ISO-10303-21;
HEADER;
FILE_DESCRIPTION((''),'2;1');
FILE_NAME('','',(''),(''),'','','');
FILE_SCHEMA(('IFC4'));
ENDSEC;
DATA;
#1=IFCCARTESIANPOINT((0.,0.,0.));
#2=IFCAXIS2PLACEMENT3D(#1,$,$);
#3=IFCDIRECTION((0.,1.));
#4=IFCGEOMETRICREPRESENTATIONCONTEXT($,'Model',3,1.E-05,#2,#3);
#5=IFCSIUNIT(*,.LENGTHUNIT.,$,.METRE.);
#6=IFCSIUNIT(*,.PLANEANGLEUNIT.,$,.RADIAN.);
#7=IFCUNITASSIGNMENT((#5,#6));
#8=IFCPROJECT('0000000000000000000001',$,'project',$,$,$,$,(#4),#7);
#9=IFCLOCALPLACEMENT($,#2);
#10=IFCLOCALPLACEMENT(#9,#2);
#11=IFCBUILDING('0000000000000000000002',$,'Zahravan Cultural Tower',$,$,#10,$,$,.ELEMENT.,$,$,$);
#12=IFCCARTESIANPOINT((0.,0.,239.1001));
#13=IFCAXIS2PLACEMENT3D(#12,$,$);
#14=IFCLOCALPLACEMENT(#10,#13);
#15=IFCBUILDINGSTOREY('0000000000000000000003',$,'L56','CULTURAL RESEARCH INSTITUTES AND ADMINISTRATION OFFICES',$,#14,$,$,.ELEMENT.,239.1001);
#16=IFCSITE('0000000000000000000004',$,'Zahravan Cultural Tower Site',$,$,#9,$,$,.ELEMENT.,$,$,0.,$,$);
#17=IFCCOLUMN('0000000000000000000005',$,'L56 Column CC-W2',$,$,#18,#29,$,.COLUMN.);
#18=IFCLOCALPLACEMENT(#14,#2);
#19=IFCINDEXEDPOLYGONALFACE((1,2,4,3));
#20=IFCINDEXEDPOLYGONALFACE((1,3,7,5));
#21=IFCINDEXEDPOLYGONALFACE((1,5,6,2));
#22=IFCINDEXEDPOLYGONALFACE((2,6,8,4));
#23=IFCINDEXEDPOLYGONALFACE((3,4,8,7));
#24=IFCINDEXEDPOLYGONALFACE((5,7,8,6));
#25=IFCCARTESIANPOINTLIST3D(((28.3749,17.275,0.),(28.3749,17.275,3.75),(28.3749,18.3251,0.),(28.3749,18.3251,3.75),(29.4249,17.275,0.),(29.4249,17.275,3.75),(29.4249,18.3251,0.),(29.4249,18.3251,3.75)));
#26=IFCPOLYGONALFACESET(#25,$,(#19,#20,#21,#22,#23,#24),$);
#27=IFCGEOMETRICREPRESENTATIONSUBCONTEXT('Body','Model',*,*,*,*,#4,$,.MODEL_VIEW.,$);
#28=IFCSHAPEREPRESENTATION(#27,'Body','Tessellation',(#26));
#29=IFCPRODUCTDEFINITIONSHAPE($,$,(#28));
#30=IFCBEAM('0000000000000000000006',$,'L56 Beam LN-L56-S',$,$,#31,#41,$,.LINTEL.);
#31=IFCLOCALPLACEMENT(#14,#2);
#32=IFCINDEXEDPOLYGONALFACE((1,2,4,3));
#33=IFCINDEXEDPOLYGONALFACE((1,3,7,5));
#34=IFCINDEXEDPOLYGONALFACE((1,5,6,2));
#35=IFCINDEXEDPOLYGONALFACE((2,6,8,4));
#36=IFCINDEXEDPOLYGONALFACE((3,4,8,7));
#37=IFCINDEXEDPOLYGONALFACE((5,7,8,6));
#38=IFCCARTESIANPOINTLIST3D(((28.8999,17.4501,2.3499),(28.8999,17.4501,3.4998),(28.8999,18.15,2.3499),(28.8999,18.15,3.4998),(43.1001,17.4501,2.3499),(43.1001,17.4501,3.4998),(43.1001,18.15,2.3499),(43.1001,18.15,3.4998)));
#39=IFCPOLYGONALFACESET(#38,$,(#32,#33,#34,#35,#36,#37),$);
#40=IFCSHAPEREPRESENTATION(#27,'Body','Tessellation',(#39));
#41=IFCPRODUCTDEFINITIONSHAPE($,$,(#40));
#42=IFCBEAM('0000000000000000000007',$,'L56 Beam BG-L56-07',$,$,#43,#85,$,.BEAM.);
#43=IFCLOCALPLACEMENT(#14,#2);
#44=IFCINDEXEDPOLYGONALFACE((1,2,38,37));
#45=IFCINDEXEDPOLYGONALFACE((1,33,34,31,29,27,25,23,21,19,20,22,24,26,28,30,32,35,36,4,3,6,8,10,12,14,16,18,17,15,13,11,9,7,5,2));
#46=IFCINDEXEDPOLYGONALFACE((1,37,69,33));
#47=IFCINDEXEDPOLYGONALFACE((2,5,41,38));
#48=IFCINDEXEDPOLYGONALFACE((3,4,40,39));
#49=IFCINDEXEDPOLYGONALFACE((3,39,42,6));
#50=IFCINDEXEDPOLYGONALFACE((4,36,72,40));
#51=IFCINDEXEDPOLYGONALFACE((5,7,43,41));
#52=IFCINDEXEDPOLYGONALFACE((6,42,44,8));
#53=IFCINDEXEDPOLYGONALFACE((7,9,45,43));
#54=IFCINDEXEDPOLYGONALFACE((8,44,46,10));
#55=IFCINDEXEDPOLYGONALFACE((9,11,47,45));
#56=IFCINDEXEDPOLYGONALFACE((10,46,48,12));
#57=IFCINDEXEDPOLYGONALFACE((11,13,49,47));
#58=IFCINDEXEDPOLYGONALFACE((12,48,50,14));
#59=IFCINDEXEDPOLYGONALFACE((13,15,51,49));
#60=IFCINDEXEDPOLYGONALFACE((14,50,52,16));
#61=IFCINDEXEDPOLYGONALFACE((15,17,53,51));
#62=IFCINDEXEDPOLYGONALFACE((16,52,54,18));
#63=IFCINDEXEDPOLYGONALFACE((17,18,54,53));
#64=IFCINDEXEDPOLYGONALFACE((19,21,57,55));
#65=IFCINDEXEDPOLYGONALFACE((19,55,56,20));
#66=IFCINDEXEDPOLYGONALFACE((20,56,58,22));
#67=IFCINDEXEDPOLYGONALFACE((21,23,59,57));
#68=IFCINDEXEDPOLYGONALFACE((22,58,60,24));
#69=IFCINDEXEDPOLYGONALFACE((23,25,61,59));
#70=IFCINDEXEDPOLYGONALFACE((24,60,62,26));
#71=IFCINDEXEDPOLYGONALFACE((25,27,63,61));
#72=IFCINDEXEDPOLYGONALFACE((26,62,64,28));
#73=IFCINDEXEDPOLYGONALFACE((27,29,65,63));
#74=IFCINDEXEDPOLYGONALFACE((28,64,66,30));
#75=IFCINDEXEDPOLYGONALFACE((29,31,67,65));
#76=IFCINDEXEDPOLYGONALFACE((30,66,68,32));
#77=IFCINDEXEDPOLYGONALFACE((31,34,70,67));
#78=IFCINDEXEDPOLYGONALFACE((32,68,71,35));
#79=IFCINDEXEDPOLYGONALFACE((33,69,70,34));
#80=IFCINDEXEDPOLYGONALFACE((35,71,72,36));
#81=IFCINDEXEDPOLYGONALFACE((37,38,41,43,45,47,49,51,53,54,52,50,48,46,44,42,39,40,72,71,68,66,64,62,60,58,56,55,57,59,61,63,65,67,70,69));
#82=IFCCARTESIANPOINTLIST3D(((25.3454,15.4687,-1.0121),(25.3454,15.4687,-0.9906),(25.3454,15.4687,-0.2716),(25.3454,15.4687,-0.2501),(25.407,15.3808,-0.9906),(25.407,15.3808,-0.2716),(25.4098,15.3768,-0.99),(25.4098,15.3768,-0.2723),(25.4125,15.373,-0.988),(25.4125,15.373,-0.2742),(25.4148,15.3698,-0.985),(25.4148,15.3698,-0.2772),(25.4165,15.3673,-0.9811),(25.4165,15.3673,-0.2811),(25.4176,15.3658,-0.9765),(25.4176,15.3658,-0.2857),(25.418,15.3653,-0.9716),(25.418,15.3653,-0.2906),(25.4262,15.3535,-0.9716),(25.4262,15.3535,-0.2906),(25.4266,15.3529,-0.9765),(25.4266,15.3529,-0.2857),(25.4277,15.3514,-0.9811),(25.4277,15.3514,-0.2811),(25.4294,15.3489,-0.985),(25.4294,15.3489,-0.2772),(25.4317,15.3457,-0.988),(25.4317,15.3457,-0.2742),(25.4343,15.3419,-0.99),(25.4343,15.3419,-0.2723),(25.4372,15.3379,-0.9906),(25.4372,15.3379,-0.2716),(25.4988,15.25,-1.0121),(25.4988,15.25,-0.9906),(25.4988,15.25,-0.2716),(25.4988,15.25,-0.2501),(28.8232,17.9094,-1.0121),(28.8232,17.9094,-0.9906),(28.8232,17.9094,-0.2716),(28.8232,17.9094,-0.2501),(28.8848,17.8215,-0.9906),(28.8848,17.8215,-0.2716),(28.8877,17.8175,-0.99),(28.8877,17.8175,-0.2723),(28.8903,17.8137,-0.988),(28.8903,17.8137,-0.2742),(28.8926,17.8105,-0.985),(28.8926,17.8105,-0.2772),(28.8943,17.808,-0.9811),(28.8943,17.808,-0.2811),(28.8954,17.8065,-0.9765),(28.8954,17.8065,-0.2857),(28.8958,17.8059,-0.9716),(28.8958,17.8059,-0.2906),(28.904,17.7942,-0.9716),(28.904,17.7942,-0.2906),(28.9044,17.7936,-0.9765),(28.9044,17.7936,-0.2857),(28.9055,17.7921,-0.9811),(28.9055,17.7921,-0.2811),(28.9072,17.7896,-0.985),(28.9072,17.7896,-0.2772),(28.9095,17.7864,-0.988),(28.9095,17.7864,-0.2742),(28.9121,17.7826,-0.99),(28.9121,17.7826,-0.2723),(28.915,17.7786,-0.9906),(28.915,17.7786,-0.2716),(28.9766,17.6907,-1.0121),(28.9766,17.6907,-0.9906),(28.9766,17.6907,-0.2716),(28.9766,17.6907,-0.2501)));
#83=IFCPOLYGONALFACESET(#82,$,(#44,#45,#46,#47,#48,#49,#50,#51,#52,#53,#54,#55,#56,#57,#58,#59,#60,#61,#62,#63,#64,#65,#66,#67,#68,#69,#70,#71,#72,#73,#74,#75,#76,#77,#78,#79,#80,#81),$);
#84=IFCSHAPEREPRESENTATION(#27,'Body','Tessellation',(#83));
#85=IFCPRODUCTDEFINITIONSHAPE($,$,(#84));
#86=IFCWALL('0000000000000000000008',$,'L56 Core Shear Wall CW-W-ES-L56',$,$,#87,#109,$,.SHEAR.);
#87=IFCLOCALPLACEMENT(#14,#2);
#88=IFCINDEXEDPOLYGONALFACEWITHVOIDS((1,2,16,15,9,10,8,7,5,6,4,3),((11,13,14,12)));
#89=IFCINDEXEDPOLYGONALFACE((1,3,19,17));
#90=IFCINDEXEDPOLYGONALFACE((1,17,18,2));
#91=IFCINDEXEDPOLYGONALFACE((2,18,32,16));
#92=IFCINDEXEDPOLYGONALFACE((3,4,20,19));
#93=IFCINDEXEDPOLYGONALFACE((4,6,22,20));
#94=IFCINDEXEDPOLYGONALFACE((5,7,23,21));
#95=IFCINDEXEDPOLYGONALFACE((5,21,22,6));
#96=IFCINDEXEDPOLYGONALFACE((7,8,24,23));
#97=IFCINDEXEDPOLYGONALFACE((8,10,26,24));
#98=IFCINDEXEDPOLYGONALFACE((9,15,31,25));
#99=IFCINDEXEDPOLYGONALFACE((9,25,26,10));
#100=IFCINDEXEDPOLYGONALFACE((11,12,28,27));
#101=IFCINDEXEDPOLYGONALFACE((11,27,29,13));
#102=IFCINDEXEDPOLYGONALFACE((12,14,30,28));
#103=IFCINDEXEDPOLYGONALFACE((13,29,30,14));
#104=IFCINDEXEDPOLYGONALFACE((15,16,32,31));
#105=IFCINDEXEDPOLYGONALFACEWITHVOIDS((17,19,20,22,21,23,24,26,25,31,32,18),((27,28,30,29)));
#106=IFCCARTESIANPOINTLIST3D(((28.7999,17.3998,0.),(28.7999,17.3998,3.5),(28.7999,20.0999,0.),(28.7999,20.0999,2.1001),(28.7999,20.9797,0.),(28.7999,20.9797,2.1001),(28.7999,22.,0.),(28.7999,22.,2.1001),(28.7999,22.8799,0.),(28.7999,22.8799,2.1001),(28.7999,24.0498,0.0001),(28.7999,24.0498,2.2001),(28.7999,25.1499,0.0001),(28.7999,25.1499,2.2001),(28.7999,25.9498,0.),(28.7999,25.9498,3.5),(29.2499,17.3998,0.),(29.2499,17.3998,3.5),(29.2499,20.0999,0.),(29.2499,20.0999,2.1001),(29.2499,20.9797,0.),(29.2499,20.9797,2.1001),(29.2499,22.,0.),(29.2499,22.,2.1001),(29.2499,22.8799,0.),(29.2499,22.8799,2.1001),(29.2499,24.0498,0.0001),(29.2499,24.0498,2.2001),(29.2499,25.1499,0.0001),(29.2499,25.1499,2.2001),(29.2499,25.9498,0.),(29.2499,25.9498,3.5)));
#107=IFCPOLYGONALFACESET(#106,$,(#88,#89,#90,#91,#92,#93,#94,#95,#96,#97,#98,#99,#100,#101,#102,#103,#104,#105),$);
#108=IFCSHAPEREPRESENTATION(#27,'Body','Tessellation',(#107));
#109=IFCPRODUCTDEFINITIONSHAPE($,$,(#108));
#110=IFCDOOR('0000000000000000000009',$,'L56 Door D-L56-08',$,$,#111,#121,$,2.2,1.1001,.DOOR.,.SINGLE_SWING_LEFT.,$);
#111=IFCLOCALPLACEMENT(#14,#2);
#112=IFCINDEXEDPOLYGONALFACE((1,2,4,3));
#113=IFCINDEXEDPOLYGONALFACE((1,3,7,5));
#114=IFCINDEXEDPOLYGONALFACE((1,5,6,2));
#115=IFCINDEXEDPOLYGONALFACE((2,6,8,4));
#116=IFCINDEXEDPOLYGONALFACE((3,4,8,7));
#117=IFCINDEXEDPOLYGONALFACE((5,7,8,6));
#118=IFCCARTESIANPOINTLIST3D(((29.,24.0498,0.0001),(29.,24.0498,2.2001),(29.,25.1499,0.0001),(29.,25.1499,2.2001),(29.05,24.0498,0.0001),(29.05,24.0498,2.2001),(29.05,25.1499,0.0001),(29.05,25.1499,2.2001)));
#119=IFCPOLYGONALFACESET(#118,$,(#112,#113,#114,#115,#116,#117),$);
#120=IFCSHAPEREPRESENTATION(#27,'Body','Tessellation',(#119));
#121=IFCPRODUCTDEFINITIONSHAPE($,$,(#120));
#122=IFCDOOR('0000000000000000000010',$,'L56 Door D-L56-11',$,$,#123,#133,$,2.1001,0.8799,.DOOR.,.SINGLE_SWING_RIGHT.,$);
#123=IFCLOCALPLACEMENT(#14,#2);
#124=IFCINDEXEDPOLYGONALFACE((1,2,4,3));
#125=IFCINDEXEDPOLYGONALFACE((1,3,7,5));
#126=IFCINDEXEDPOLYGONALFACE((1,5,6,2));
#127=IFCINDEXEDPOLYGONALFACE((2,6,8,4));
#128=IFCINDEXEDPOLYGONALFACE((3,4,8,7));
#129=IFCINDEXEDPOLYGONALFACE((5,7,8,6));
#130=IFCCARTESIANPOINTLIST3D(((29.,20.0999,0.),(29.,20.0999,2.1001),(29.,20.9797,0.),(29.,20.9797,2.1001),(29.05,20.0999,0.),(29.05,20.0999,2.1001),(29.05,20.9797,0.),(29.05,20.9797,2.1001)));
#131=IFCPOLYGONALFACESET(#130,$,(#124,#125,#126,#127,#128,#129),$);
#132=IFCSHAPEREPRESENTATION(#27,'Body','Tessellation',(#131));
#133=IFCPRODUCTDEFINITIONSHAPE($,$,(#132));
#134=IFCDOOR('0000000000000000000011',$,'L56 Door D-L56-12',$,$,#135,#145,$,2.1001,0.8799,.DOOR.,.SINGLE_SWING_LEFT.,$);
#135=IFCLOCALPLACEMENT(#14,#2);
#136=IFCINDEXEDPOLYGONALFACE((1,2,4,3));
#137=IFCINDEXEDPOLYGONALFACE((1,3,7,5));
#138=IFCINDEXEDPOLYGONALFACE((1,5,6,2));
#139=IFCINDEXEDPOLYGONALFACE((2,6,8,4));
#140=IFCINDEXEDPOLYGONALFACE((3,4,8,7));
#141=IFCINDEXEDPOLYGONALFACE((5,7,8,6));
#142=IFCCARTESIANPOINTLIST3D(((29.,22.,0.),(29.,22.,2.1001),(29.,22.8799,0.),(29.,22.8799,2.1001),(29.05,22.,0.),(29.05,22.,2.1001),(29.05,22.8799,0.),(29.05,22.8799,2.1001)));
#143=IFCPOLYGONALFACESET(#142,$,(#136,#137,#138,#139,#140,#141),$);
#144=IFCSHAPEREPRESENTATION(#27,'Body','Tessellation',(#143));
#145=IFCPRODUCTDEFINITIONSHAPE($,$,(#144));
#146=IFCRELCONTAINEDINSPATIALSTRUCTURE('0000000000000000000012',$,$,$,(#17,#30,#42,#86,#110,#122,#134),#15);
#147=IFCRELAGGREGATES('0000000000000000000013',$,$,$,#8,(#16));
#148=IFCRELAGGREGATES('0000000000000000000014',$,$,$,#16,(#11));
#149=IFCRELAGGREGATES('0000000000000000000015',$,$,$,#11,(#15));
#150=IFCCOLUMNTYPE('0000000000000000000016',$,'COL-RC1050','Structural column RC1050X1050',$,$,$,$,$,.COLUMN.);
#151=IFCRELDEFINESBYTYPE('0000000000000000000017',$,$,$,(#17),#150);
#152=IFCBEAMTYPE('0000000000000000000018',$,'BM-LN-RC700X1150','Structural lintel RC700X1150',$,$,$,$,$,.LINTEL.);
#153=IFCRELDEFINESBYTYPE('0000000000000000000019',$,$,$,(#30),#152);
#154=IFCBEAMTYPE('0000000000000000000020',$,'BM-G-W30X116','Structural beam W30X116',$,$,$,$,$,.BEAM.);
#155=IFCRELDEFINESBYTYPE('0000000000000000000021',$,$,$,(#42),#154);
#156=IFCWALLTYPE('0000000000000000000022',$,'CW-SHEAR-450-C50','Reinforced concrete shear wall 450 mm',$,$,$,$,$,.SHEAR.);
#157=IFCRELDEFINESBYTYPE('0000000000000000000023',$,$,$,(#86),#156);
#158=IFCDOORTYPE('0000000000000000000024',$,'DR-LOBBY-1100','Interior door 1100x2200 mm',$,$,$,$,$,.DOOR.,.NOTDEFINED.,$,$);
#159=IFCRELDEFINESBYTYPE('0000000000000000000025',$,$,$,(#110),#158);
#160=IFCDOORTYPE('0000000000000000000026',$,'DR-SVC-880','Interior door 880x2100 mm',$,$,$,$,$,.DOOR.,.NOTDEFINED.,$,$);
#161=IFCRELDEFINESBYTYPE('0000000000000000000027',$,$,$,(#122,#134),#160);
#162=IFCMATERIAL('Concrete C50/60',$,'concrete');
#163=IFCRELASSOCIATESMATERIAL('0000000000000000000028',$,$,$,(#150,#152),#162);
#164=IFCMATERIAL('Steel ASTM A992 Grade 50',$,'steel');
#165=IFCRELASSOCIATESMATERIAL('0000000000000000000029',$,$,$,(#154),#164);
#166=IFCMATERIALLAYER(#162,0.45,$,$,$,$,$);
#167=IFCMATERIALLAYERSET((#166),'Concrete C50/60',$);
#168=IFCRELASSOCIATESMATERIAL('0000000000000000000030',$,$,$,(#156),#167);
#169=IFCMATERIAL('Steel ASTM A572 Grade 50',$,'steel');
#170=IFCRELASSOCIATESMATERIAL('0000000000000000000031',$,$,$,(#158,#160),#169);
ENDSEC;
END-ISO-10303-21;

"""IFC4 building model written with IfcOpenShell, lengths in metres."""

from ifc_helpers import new_model, si_unit, direction, frame, frame_2d, origin, origin_2d, place, context, subcontext, project, spatial, rectangle, i_section, extrude, source, transform, mapped, material, layer, layer_set, material_profile, profile_set, type_object, element, fill, save


model = new_model("IFC4")

# Units and contexts
model_context = context("Model", 3, precision=1e-05, world=origin(), true_north=direction((0.0, 1.0)))
body_context = subcontext(model_context, "Body", "Model", "MODEL_VIEW")
ifc_project = project(units=[si_unit("LENGTHUNIT", "METRE"), si_unit("PLANEANGLEUNIT", "RADIAN")], contexts=[model_context])

# Site, building, storey
site_placement = place(None, origin())
site = spatial("IfcSite", under=ifc_project, at=site_placement, Name="Zahravan Cultural Tower Site", CompositionType="ELEMENT", RefElevation=0.0)
building_placement = place(site_placement, origin())
building = spatial("IfcBuilding", under=site, at=building_placement, Name="Zahravan Cultural Tower", CompositionType="ELEMENT")
storey_placement = place(building_placement, frame((0.0, 0.0, 239.1001)))
storey = spatial("IfcBuildingStorey", under=building, at=storey_placement, Name="L56", Description="CULTURAL RESEARCH INSTITUTES AND ADMINISTRATION OFFICES", CompositionType="ELEMENT", Elevation=239.1001)

# Column
ifc_material_1 = material(Name="Concrete C50/60", Category="concrete")
ifc_material_profile_1 = material_profile(ifc_material_1, rectangle(XDim=1.05, YDim=1.05, at=origin_2d()), Name="RC1050X1050")
ifc_profile_set_1 = profile_set([ifc_material_profile_1], Name="Concrete C50/60")
column_type = type_object("IfcColumnType", Name="COL-RC1050", Description="Structural column RC1050X1050", PredefinedType="COLUMN", material=ifc_profile_set_1)
shared_shape_1 = source(origin(), body_context, "Body", "SweptSolid", [
    extrude(rectangle(XDim=1.05, YDim=1.05, at=origin_2d()), origin(), (0.0, 0.0, 1.0), 3.75),
])
column_placement = place(storey_placement, frame((28.8999, 17.8, 0.0), z_axis=(0.0, 0.0, 1.0), x_axis=(1.0, 0.0, 0.0)))
element("IfcColumn", 1, at=column_placement, inside=storey, type_object=column_type, Name="L56 Column CC-W2", PredefinedType="COLUMN", context=body_context, shape_type="MappedRepresentation", body=[
    mapped(shared_shape_1, transform((0.0, 0.0, 0.0), x_axis=(1.0, 0.0, 0.0), y_axis=(0.0, 1.0, 0.0), z_axis=(0.0, 0.0, 1.0), scale=1.0)),
])

# Beams
ifc_material_profile_2 = material_profile(ifc_material_1, rectangle(XDim=0.7, YDim=1.1499, at=origin_2d()), Name="RC700X1150")
ifc_profile_set_2 = profile_set([ifc_material_profile_2], Name="Concrete C50/60")
beam_type_1 = type_object("IfcBeamType", Name="BM-LN-RC700X1150", Description="Structural lintel RC700X1150", PredefinedType="LINTEL", material=ifc_profile_set_2)
shared_shape_2 = source(origin(), body_context, "Body", "SweptSolid", [
    extrude(rectangle(XDim=0.7, YDim=1.1499, at=origin_2d()), origin(), (0.0, 0.0, 1.0), 14.2002),
])
beam_1_placement = place(storey_placement, frame((28.8999, 17.8, 2.9248), z_axis=(1.0, 0.0, 0.0), x_axis=(0.0, 1.0, 0.0)))
element("IfcBeam", 2, at=beam_1_placement, inside=storey, type_object=beam_type_1, Name="L56 Beam LN-L56-S", PredefinedType="LINTEL", context=body_context, shape_type="MappedRepresentation", body=[
    mapped(shared_shape_2, transform((0.0, 0.0, 0.0), x_axis=(1.0, 0.0, 0.0), y_axis=(0.0, 1.0, 0.0), z_axis=(0.0, 0.0, 1.0), scale=1.0)),
])
ifc_material_2 = material(Name="Steel ASTM A992 Grade 50", Category="steel")
ifc_material_profile_3 = material_profile(ifc_material_2, i_section(OverallWidth=0.2671, OverallDepth=0.762, WebThickness=0.0144, FlangeThickness=0.0215, FilletRadius=0.019, at=origin_2d()), Name="W30X116")
ifc_profile_set_3 = profile_set([ifc_material_profile_3], Name="Steel ASTM A992 Grade 50")
beam_type_2 = type_object("IfcBeamType", Name="BM-G-W30X116", Description="Structural beam W30X116", PredefinedType="BEAM", material=ifc_profile_set_3)
shared_shape_3 = source(origin(), body_context, "Body", "SweptSolid", [
    extrude(i_section(OverallWidth=0.2671, OverallDepth=0.762, WebThickness=0.0144, FlangeThickness=0.0215, FilletRadius=0.019, at=origin_2d()), origin(), (0.0, 0.0, 1.0), 4.2488),
])
beam_2_placement = place(storey_placement, frame((28.8999, 17.8, -0.6311), z_axis=(-0.818543, -0.574445, 0.0), x_axis=(0.574445, -0.818543, 0.0)))
element("IfcBeam", 3, at=beam_2_placement, inside=storey, type_object=beam_type_2, Name="L56 Beam BG-L56-07", PredefinedType="BEAM", context=body_context, shape_type="MappedRepresentation", body=[
    mapped(shared_shape_3, transform((0.0, 0.0, 0.0), x_axis=(1.0, 0.0, 0.0), y_axis=(0.0, 1.0, 0.0), z_axis=(0.0, 0.0, 1.0), scale=1.0)),
])

# Wall, openings, doors
ifc_layer_1 = layer(ifc_material_1, 0.45)
ifc_layer_set_1 = layer_set([ifc_layer_1], Name="Concrete C50/60")
wall_type_1 = type_object("IfcWallType", Name="CW-SHEAR-450-C50", Description="Reinforced concrete shear wall 450 mm", PredefinedType="SHEAR", material=ifc_layer_set_1)
wall_1_placement = place(storey_placement, frame((29.0249, 17.3999, 0.0), z_axis=(0.0, 0.0, 1.0), x_axis=(0.0, 1.0, 0.0)))
wall_1 = element("IfcWall", 4, at=wall_1_placement, inside=storey, type_object=wall_type_1, Name="L56 Core Shear Wall CW-W-ES-L56", PredefinedType="SHEAR", context=body_context, shape_type="SweptSolid", body=[
    extrude(rectangle(XDim=8.55, YDim=0.45, at=frame_2d((4.2749, 0.0))), origin(), (0.0, 0.0, 1.0), 3.5),
])
opening_1_placement = place(wall_1_placement, frame((6.6499, 0.0, 0.0)))
opening_1 = element("IfcOpeningElement", 5, at=opening_1_placement, cuts=wall_1, PredefinedType="OPENING", context=body_context, shape_type="SweptSolid", body=[
    extrude(rectangle(XDim=1.1001, YDim=2.2, at=frame_2d((0.55, 1.1001))), frame((0.0, 0.2349, 0.0), z_axis=(0.0, -1.0, 0.0), x_axis=(1.0, 0.0, 0.0)), (0.0, 0.0, 1.0), 0.47),
])
opening_2_placement = place(wall_1_placement, frame((2.7, 0.0, 0.0)))
opening_2 = element("IfcOpeningElement", 6, at=opening_2_placement, cuts=wall_1, PredefinedType="OPENING", context=body_context, shape_type="SweptSolid", body=[
    extrude(rectangle(XDim=0.8799, YDim=2.1001, at=frame_2d((0.4399, 1.05))), frame((0.0, 0.2349, 0.0), z_axis=(0.0, -1.0, 0.0), x_axis=(1.0, 0.0, 0.0)), (0.0, 0.0, 1.0), 0.47),
])
opening_3_placement = place(wall_1_placement, frame((4.6001, 0.0, 0.0)))
opening_3 = element("IfcOpeningElement", 7, at=opening_3_placement, cuts=wall_1, PredefinedType="OPENING", context=body_context, shape_type="SweptSolid", body=[
    extrude(rectangle(XDim=0.8799, YDim=2.1001, at=frame_2d((0.4399, 1.05))), frame((0.0, 0.2349, 0.0), z_axis=(0.0, -1.0, 0.0), x_axis=(1.0, 0.0, 0.0)), (0.0, 0.0, 1.0), 0.47),
])
ifc_material_3 = material(Name="Steel ASTM A572 Grade 50", Category="steel")
door_type_1 = type_object("IfcDoorType", Name="DR-LOBBY-1100", Description="Interior door 1100x2200 mm", OperationType="NOTDEFINED", PredefinedType="DOOR", material=ifc_material_3)
shared_shape_4 = source(origin(), body_context, "Body", "SweptSolid", [
    extrude(rectangle(XDim=1.1001, YDim=2.2, at=frame_2d((0.55, 1.1001))), frame((0.0, 0.0249, 0.0), z_axis=(0.0, -1.0, 0.0), x_axis=(1.0, 0.0, 0.0)), (0.0, 0.0, 1.0), 0.05),
])
door_1_placement = place(opening_1_placement, origin())
door_1 = element("IfcDoor", 8, at=door_1_placement, inside=storey, type_object=door_type_1, Name="L56 Door D-L56-08", OperationType="SINGLE_SWING_LEFT", OverallHeight=2.2, OverallWidth=1.1001, PredefinedType="DOOR", context=body_context, shape_type="MappedRepresentation", body=[
    mapped(shared_shape_4, transform((0.0, 0.0, 0.0), x_axis=(1.0, 0.0, 0.0), y_axis=(0.0, 1.0, 0.0), z_axis=(0.0, 0.0, 1.0), scale=1.0)),
])
fill(opening_1, door_1)
door_type_2 = type_object("IfcDoorType", Name="DR-SVC-880", Description="Interior door 880x2100 mm", OperationType="NOTDEFINED", PredefinedType="DOOR", material=ifc_material_3)
shared_shape_5 = source(origin(), body_context, "Body", "SweptSolid", [
    extrude(rectangle(XDim=0.8799, YDim=2.1001, at=frame_2d((0.4399, 1.05))), frame((0.0, 0.0249, 0.0), z_axis=(0.0, -1.0, 0.0), x_axis=(1.0, 0.0, 0.0)), (0.0, 0.0, 1.0), 0.05),
])
door_2_placement = place(opening_2_placement, origin())
door_2 = element("IfcDoor", 9, at=door_2_placement, inside=storey, type_object=door_type_2, Name="L56 Door D-L56-11", OperationType="SINGLE_SWING_RIGHT", OverallHeight=2.1001, OverallWidth=0.8799, PredefinedType="DOOR", context=body_context, shape_type="MappedRepresentation", body=[
    mapped(shared_shape_5, transform((0.0, 0.0, 0.0), x_axis=(1.0, 0.0, 0.0), y_axis=(0.0, 1.0, 0.0), z_axis=(0.0, 0.0, 1.0), scale=1.0)),
])
fill(opening_2, door_2)
door_3_placement = place(opening_3_placement, origin())
door_3 = element("IfcDoor", 10, at=door_3_placement, inside=storey, type_object=door_type_2, Name="L56 Door D-L56-12", OperationType="SINGLE_SWING_LEFT", OverallHeight=2.1001, OverallWidth=0.8799, PredefinedType="DOOR", context=body_context, shape_type="MappedRepresentation", body=[
    mapped(shared_shape_5, transform((0.0, 0.0, 0.0), x_axis=(1.0, 0.0, 0.0), y_axis=(0.0, 1.0, 0.0), z_axis=(0.0, 0.0, 1.0), scale=1.0)),
])
fill(opening_3, door_3)

save(model, "model.ifc")
